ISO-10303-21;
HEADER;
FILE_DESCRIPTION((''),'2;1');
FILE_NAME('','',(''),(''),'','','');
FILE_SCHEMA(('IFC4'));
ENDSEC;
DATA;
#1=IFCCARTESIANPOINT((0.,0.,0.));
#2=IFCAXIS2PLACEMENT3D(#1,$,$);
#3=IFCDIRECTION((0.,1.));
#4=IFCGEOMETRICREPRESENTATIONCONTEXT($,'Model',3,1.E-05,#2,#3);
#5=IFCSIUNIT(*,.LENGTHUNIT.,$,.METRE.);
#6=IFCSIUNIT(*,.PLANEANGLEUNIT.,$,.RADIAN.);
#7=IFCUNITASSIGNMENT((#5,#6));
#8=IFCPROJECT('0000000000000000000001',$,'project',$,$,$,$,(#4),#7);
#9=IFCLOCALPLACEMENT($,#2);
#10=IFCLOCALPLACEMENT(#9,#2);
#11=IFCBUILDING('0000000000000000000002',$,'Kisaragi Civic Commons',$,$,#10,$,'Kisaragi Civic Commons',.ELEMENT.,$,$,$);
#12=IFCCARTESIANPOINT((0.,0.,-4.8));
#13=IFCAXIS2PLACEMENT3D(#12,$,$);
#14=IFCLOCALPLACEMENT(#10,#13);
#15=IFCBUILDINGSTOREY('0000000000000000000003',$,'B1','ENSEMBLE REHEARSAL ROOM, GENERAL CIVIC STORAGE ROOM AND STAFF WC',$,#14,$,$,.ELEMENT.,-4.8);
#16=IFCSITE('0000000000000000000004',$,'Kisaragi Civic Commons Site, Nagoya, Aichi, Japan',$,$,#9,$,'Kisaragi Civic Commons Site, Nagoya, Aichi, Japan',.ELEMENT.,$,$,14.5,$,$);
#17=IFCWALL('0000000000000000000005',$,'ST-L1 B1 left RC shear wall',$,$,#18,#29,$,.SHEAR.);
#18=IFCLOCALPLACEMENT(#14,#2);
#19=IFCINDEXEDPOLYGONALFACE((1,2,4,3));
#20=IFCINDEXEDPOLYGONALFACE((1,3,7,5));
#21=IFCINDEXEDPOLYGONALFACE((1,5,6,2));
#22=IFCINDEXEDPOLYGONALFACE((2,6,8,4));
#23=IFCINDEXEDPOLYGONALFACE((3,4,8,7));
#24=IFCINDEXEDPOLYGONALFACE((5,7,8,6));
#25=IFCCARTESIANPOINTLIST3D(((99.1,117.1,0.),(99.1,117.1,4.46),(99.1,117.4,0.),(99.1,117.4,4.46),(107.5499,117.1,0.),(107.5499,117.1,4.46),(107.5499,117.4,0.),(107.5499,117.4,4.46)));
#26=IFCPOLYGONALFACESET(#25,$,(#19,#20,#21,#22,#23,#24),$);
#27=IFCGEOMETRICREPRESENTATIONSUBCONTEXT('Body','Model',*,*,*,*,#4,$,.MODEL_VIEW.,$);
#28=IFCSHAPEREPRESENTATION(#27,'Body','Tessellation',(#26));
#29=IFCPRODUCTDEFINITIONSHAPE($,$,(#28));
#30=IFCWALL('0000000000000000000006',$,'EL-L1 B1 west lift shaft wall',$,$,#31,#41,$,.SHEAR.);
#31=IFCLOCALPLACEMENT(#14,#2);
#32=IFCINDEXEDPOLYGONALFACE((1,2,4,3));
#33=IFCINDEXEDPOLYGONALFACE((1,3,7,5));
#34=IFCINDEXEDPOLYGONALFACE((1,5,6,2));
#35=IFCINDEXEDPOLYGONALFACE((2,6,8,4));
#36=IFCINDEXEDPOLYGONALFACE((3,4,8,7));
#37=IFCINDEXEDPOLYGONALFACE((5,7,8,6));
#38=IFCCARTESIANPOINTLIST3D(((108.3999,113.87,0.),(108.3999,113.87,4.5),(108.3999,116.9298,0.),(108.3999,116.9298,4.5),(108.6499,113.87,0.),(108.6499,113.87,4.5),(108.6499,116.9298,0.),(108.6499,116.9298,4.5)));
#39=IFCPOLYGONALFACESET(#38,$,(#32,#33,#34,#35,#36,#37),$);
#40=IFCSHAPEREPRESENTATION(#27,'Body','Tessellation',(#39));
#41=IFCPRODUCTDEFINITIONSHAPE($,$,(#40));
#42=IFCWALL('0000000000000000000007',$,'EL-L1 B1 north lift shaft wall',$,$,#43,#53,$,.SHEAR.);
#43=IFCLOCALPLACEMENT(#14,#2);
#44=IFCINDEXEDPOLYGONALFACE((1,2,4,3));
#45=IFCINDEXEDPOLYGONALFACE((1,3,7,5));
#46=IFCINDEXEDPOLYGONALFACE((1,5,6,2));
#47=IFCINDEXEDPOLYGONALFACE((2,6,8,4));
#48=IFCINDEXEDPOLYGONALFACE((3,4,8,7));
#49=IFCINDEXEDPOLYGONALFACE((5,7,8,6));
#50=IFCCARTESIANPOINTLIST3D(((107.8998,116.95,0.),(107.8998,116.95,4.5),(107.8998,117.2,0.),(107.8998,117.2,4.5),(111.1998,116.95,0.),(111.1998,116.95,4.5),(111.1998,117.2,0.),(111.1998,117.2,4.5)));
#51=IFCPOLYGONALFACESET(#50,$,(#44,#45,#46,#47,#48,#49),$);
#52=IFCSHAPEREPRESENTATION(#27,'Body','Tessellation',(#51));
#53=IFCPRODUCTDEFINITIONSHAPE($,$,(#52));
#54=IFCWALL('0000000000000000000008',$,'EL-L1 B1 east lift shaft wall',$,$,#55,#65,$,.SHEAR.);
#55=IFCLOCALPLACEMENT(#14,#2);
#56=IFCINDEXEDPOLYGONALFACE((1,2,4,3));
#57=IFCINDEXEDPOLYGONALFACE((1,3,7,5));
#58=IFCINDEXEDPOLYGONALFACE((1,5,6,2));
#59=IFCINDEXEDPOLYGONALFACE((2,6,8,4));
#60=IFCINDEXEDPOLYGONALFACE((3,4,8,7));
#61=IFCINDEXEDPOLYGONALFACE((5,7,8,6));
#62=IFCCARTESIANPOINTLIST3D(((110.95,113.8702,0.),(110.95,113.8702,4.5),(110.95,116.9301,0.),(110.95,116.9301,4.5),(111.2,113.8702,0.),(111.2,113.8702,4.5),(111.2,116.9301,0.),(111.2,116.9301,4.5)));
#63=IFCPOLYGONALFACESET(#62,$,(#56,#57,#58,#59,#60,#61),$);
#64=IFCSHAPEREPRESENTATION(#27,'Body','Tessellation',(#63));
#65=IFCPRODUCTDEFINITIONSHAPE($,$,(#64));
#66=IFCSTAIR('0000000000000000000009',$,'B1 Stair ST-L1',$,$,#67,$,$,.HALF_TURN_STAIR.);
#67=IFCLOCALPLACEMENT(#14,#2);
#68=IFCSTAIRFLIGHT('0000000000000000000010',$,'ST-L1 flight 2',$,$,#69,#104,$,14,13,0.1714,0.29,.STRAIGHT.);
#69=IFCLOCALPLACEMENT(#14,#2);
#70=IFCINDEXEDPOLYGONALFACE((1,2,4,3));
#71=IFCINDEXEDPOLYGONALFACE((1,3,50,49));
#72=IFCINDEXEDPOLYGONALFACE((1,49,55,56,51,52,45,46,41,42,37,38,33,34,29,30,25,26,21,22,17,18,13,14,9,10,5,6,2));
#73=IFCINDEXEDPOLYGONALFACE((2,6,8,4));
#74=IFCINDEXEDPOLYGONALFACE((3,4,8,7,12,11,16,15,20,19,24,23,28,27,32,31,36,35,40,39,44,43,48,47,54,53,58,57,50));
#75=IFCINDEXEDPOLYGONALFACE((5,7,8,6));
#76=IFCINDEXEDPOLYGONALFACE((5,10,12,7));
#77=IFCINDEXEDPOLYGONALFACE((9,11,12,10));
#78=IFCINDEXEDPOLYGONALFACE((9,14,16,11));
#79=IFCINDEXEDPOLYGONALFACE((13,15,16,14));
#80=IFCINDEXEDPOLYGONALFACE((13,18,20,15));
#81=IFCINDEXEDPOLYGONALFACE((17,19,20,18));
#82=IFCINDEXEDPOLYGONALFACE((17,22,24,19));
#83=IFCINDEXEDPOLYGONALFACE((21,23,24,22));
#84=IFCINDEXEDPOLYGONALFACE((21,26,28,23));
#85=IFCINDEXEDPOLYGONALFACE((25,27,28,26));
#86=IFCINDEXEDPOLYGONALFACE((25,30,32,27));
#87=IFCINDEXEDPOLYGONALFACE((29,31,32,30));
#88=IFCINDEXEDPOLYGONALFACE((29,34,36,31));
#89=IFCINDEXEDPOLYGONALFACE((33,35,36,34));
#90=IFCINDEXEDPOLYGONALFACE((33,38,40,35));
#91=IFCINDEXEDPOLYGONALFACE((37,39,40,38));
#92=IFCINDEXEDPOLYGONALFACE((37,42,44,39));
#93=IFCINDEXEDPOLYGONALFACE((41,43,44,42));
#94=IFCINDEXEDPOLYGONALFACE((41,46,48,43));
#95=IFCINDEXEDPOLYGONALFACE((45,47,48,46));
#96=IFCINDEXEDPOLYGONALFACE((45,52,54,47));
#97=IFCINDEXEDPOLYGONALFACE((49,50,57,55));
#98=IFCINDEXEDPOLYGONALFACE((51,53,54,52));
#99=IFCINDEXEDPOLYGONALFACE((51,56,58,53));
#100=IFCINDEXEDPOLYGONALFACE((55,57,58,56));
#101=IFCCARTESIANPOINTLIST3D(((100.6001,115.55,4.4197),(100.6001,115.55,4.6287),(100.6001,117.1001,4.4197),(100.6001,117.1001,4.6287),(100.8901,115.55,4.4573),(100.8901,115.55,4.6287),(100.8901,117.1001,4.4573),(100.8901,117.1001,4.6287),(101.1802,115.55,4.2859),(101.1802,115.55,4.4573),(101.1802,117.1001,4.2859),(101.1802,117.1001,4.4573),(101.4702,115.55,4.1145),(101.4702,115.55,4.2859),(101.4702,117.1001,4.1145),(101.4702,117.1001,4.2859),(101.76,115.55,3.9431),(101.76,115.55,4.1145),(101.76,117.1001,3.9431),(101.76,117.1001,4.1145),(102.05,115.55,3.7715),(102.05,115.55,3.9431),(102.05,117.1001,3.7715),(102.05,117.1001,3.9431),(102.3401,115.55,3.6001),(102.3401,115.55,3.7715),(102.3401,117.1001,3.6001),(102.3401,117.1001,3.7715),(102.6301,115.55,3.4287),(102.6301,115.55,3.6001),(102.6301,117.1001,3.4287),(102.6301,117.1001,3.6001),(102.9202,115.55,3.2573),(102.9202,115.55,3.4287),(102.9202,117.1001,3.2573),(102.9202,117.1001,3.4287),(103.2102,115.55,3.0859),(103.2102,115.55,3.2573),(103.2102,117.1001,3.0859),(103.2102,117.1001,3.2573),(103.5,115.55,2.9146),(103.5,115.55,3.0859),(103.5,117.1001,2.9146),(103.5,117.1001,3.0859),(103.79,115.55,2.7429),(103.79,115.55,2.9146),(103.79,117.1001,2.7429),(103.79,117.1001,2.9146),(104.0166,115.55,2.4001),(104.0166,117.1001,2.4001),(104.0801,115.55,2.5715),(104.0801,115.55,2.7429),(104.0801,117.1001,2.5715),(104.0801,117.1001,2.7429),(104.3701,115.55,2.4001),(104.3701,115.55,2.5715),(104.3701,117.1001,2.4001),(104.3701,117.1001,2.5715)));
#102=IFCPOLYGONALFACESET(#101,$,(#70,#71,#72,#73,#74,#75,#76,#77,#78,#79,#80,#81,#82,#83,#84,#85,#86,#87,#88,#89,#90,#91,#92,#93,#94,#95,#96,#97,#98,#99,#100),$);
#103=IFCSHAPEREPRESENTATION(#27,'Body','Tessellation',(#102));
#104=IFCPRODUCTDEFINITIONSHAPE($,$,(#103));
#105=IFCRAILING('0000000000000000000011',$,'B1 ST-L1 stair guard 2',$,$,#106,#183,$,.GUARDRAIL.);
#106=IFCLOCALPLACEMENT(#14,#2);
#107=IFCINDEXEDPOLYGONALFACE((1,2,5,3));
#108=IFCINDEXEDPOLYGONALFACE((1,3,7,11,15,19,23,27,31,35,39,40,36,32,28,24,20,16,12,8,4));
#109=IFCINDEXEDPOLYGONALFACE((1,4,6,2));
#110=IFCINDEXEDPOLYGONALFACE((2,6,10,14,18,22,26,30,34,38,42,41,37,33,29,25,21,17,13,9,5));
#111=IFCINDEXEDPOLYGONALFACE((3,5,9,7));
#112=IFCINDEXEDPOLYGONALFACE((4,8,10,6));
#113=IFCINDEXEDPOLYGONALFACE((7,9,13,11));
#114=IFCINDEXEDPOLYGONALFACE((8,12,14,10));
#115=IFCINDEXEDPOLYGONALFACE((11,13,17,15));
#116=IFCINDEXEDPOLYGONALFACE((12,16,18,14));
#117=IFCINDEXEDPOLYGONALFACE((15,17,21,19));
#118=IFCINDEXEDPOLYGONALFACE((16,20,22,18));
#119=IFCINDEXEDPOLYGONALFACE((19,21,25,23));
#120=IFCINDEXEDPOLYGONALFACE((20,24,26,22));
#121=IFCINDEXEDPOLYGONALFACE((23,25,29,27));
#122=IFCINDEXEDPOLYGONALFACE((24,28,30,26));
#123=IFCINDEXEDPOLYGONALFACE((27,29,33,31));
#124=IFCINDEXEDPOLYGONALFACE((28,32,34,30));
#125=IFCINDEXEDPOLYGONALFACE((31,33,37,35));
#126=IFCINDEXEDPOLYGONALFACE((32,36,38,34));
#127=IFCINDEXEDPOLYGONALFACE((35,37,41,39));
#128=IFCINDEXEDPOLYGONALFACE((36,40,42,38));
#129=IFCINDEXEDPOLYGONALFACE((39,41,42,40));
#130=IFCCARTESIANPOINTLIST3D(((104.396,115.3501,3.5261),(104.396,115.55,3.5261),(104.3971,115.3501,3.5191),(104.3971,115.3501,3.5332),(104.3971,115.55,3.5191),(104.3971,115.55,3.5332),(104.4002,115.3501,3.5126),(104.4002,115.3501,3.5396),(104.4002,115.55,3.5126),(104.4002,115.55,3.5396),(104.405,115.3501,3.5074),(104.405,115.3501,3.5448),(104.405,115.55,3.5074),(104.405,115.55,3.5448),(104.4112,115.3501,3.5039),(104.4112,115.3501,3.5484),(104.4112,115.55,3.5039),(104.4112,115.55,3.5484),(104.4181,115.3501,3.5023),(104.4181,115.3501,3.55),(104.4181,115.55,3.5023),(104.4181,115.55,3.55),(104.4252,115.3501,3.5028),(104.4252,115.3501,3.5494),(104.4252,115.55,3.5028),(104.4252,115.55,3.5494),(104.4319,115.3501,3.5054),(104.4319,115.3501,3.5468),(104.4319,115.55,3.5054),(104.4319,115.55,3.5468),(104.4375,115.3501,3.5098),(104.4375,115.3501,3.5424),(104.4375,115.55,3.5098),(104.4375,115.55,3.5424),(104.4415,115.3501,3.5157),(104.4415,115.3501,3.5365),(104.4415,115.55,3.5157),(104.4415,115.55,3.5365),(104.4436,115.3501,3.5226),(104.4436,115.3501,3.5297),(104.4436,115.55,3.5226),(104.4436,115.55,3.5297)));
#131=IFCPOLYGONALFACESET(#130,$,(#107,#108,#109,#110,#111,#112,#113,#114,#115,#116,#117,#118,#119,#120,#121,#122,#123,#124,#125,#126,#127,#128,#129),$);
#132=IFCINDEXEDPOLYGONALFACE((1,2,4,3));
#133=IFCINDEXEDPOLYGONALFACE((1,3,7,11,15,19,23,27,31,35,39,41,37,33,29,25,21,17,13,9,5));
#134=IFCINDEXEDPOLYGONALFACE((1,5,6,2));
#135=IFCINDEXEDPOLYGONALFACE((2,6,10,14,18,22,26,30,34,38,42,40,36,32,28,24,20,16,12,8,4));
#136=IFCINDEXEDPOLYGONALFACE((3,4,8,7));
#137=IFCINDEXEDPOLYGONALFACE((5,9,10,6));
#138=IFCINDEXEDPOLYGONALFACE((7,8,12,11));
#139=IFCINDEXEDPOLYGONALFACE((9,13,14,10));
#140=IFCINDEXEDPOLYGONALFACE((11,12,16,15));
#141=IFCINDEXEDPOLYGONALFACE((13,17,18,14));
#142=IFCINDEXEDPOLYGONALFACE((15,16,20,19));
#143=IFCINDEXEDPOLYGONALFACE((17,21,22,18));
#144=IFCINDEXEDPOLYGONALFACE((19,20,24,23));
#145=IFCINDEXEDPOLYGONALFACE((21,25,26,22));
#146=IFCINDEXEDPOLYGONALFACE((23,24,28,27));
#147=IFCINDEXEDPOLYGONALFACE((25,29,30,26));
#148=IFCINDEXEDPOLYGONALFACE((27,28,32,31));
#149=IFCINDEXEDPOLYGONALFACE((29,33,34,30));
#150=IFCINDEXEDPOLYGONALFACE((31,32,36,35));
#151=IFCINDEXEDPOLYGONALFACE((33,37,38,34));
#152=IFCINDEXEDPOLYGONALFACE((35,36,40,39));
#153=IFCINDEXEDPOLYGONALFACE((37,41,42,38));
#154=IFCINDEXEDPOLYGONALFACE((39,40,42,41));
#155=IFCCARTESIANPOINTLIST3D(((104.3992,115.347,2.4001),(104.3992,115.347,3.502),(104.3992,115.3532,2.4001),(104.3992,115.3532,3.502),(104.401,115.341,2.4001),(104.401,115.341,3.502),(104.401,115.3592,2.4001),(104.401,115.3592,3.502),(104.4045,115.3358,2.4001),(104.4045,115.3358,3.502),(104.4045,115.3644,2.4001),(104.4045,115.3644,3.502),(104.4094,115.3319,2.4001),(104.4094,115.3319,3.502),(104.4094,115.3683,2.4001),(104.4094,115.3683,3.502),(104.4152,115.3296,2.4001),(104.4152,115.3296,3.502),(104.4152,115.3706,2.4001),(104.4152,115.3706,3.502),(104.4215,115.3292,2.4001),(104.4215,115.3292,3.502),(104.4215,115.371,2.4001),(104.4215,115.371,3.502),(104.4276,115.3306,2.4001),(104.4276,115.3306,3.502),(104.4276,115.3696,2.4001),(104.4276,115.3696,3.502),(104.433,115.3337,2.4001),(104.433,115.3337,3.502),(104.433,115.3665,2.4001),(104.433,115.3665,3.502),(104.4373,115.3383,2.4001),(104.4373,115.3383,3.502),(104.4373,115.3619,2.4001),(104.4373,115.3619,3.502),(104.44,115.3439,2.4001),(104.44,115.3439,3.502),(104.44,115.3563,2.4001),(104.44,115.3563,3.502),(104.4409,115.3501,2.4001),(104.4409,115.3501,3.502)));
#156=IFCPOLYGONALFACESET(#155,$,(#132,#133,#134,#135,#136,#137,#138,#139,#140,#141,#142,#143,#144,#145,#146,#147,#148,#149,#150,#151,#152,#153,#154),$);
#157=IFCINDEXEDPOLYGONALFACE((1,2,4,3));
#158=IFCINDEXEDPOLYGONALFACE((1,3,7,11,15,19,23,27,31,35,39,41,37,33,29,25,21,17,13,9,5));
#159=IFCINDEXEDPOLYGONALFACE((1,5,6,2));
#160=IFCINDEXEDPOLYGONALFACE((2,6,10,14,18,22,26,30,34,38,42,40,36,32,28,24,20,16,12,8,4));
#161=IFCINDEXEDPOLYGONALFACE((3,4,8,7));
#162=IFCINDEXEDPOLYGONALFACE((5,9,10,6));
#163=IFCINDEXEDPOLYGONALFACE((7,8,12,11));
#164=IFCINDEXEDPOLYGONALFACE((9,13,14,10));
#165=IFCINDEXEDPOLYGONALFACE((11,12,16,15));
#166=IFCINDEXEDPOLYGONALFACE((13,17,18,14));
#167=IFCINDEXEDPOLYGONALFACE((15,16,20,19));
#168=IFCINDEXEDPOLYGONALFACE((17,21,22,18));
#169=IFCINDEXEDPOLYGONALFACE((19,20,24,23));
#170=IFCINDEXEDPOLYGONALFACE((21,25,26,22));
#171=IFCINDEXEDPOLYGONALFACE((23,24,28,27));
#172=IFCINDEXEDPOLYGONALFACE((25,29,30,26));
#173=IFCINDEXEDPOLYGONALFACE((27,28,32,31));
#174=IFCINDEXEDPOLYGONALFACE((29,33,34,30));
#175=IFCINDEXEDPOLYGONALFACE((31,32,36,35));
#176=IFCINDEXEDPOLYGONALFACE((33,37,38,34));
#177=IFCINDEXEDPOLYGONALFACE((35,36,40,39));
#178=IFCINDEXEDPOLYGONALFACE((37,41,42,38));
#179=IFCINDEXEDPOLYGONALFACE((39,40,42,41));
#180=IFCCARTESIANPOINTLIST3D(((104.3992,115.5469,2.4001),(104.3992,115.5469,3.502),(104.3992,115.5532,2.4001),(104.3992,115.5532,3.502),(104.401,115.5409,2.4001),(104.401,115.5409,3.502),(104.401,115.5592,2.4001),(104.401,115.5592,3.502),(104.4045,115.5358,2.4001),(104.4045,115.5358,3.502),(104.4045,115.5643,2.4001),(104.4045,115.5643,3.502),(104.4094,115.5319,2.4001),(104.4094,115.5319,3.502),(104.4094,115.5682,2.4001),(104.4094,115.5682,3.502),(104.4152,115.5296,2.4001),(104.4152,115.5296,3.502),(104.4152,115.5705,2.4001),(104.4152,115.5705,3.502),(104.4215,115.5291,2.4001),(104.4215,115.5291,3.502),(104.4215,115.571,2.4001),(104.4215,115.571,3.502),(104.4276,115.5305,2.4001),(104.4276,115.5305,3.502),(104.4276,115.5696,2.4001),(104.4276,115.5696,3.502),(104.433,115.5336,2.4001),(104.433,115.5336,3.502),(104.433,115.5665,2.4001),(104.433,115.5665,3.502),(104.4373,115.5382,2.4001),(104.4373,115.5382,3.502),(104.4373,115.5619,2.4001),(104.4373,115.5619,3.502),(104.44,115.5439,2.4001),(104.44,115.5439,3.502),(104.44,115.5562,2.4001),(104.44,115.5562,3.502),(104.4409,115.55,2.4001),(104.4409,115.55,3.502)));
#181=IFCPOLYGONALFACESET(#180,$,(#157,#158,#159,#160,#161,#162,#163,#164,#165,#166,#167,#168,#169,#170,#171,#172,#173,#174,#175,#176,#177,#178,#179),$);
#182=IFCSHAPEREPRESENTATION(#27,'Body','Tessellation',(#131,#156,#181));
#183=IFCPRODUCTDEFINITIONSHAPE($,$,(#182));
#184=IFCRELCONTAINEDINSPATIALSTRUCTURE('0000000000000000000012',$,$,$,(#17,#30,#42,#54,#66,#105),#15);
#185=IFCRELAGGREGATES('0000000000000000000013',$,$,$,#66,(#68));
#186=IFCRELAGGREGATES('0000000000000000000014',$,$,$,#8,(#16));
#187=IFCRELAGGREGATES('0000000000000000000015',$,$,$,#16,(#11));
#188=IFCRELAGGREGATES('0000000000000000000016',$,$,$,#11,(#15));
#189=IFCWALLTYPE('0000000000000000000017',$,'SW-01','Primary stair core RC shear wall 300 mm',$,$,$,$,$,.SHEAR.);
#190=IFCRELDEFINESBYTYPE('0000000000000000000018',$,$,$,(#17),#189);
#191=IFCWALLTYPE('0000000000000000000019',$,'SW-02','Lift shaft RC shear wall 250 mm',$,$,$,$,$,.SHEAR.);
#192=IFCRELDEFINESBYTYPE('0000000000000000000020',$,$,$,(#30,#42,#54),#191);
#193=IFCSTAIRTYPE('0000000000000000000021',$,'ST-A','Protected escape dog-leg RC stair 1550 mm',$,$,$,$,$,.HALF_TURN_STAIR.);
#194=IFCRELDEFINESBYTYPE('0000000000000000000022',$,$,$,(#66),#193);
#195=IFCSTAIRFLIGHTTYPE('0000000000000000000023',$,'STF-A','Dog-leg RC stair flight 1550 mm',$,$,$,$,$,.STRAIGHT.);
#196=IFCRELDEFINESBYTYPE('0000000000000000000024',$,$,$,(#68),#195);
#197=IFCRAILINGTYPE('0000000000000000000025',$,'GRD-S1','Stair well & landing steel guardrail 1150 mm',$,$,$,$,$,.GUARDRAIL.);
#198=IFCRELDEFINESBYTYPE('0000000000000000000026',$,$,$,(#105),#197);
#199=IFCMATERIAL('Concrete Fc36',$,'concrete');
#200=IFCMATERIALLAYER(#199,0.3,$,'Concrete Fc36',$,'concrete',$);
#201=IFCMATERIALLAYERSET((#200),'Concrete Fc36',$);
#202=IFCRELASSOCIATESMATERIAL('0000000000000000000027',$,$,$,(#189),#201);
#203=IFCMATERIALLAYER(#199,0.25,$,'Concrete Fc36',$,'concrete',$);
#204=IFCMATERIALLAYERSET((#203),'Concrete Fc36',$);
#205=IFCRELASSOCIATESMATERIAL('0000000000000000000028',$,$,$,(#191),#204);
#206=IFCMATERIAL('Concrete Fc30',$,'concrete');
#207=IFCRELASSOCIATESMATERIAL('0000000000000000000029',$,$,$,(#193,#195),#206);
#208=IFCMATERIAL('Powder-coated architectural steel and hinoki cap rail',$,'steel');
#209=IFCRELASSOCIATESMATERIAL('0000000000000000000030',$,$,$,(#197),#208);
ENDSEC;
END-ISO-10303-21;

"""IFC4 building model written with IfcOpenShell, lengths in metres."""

from ifc_helpers import new_model, si_unit, direction, frame, frame_2d, origin, origin_2d, place, context, subcontext, project, spatial, polyline, rectangle, circle, outline, extrude, material, layer, layer_set, type_object, element, aggregate, save


model = new_model("IFC4")

# Units and contexts
model_context = context("Model", 3, precision=1e-05, world=origin(), true_north=direction((0.0, 1.0)))
body_context = subcontext(model_context, "Body", "Model", "MODEL_VIEW")
ifc_project = project(units=[si_unit("LENGTHUNIT", "METRE"), si_unit("PLANEANGLEUNIT", "RADIAN")], contexts=[model_context])

# Site, building, storey
site_placement = place(None, origin())
site = spatial("IfcSite", under=ifc_project, at=site_placement, Name="Kisaragi Civic Commons Site, Nagoya, Aichi, Japan", LongName="Kisaragi Civic Commons Site, Nagoya, Aichi, Japan", CompositionType="ELEMENT", RefElevation=14.5)
building_placement = place(site_placement, origin())
building = spatial("IfcBuilding", under=site, at=building_placement, Name="Kisaragi Civic Commons", LongName="Kisaragi Civic Commons", CompositionType="ELEMENT")
storey_placement = place(building_placement, frame((0.0, 0.0, -4.8)))
storey = spatial("IfcBuildingStorey", under=building, at=storey_placement, Name="B1", Description="ENSEMBLE REHEARSAL ROOM, GENERAL CIVIC STORAGE ROOM AND STAFF WC", CompositionType="ELEMENT", Elevation=-4.8)

# Shared definitions
ifc_material_1 = material(Name="Concrete Fc36", Category="concrete")

# Wall
ifc_layer_1 = layer(ifc_material_1, 0.3, Name="Concrete Fc36", Category="concrete")
ifc_layer_set_1 = layer_set([ifc_layer_1], Name="Concrete Fc36")
wall_type_1 = type_object("IfcWallType", Name="SW-01", Description="Primary stair core RC shear wall 300 mm", PredefinedType="SHEAR", material=ifc_layer_set_1)
wall_1_placement = place(storey_placement, frame((107.55, 117.25, 0.0), z_axis=(0.0, 0.0, 1.0), x_axis=(-1.0, 0.0, 0.0)))
element("IfcWall", 1, at=wall_1_placement, inside=storey, type_object=wall_type_1, Name="ST-L1 B1 left RC shear wall", PredefinedType="SHEAR", context=body_context, shape_type="SweptSolid", body=[
    extrude(rectangle(XDim=8.45, YDim=0.3, at=frame_2d((4.2251, 0.0))), origin(), (0.0, 0.0, 1.0), 4.46),
])

# Shared definitions
ifc_layer_2 = layer(ifc_material_1, 0.25, Name="Concrete Fc36", Category="concrete")
ifc_layer_set_2 = layer_set([ifc_layer_2], Name="Concrete Fc36")
wall_type_2 = type_object("IfcWallType", Name="SW-02", Description="Lift shaft RC shear wall 250 mm", PredefinedType="SHEAR", material=ifc_layer_set_2)

# Walls
wall_2_placement = place(storey_placement, frame((108.5249, 113.8701, 0.0), z_axis=(0.0, 0.0, 1.0), x_axis=(0.0, 1.0, 0.0)))
element("IfcWall", 2, at=wall_2_placement, inside=storey, type_object=wall_type_2, Name="EL-L1 B1 west lift shaft wall", PredefinedType="SHEAR", context=body_context, shape_type="SweptSolid", body=[
    extrude(rectangle(XDim=3.0598, YDim=0.25, at=frame_2d((1.5298, 0.0))), origin(), (0.0, 0.0, 1.0), 4.5),
])
wall_3_placement = place(storey_placement, frame((107.8999, 117.075, 0.0), z_axis=(0.0, 0.0, 1.0), x_axis=(1.0, 0.0, 0.0)))
element("IfcWall", 3, at=wall_3_placement, inside=storey, type_object=wall_type_2, Name="EL-L1 B1 north lift shaft wall", PredefinedType="SHEAR", context=body_context, shape_type="SweptSolid", body=[
    extrude(rectangle(XDim=3.3, YDim=0.25, at=frame_2d((1.6499, 0.0))), origin(), (0.0, 0.0, 1.0), 4.5),
])
wall_4_placement = place(storey_placement, frame((111.075, 116.9299, 0.0), z_axis=(0.0, 0.0, 1.0), x_axis=(0.0, -1.0, 0.0)))
element("IfcWall", 4, at=wall_4_placement, inside=storey, type_object=wall_type_2, Name="EL-L1 B1 east lift shaft wall", PredefinedType="SHEAR", context=body_context, shape_type="SweptSolid", body=[
    extrude(rectangle(XDim=3.0598, YDim=0.25, at=frame_2d((1.5298, 0.0))), origin(), (0.0, 0.0, 1.0), 4.5),
])

# Stair, stair flight
ifc_material_2 = material(Name="Concrete Fc30", Category="concrete")
stair_type = type_object("IfcStairType", Name="ST-A", Description="Protected escape dog-leg RC stair 1550 mm", PredefinedType="HALF_TURN_STAIR", material=ifc_material_2)
stair_placement = place(storey_placement, origin())
stair = element("IfcStair", 5, at=stair_placement, inside=storey, type_object=stair_type, Name="B1 Stair ST-L1", PredefinedType="HALF_TURN_STAIR")
stair_flight_type = type_object("IfcStairFlightType", Name="STF-A", Description="Dog-leg RC stair flight 1550 mm", PredefinedType="STRAIGHT", material=ifc_material_2)
stair_flight_placement = place(storey_placement, frame((104.3701, 116.325, 2.4001), z_axis=(0.0, 0.0, 1.0), x_axis=(-1.0, 0.0, 0.0)))
stair_flight = element("IfcStairFlight", 6, at=stair_flight_placement, type_object=stair_flight_type, Name="ST-L1 flight 2", NumberOfRisers=14, NumberOfTreads=13, PredefinedType="STRAIGHT", RiserHeight=0.1714, TreadLength=0.29, context=body_context, shape_type="SweptSolid", body=[
    extrude(outline(polyline([(0.0, 0.0), (0.0, 0.1714), (0.29, 0.1714), (0.29, 0.3428), (0.5801, 0.3428), (0.5801, 0.5144), (0.8701, 0.5144), (0.8701, 0.6858), (1.1599, 0.6858), (1.1599, 0.8572), (1.45, 0.8572), (1.45, 1.0286), (1.74, 1.0286), (1.74, 1.2), (2.03, 1.2), (2.03, 1.3713), (2.3201, 1.3713), (2.3201, 1.543), (2.6101, 1.543), (2.6101, 1.7144), (2.8999, 1.7144), (2.8999, 1.8857), (3.1899, 1.8857), (3.1899, 2.0571), (3.48, 2.0571), (3.48, 2.2285), (3.77, 2.2285), (3.77, 2.3999), (3.77, 2.0195), (0.3535, 0.0), (0.0, 0.0)])), frame((0.0, 0.7749, 0.0), z_axis=(0.0, -1.0, 0.0), x_axis=(1.0, 0.0, 0.0)), (0.0, 0.0, 1.0), 1.55),
])
aggregate(stair, [stair_flight])

# Railing
ifc_material_3 = material(Name="Powder-coated architectural steel and hinoki cap rail", Category="steel")
railing_type_1 = type_object("IfcRailingType", Name="GRD-S1", Description="Stair well & landing steel guardrail 1150 mm", PredefinedType="GUARDRAIL", material=ifc_material_3)
railing_1_placement = place(storey_placement, frame((104.4199, 115.3501, 2.4001)))
element("IfcRailing", 7, at=railing_1_placement, inside=storey, type_object=railing_type_1, Name="B1 ST-L1 stair guard 2", PredefinedType="GUARDRAIL", context=body_context, shape_type="SweptSolid", body=[
    extrude(circle(Radius=0.0239, at=origin_2d()), frame((0.0, 0.0, 1.126), z_axis=(0.0, 1.0, 0.0), x_axis=(-1.0, 0.0, 0.0)), (0.0, 0.0, 1.0), 0.2),
    extrude(circle(Radius=0.021, at=origin_2d()), origin(), (0.0, 0.0, 1.0), 1.1018),
    extrude(circle(Radius=0.021, at=origin_2d()), frame((0.0, 0.2, 0.0)), (0.0, 0.0, 1.0), 1.1018),
])

save(model, "model.ifc")
